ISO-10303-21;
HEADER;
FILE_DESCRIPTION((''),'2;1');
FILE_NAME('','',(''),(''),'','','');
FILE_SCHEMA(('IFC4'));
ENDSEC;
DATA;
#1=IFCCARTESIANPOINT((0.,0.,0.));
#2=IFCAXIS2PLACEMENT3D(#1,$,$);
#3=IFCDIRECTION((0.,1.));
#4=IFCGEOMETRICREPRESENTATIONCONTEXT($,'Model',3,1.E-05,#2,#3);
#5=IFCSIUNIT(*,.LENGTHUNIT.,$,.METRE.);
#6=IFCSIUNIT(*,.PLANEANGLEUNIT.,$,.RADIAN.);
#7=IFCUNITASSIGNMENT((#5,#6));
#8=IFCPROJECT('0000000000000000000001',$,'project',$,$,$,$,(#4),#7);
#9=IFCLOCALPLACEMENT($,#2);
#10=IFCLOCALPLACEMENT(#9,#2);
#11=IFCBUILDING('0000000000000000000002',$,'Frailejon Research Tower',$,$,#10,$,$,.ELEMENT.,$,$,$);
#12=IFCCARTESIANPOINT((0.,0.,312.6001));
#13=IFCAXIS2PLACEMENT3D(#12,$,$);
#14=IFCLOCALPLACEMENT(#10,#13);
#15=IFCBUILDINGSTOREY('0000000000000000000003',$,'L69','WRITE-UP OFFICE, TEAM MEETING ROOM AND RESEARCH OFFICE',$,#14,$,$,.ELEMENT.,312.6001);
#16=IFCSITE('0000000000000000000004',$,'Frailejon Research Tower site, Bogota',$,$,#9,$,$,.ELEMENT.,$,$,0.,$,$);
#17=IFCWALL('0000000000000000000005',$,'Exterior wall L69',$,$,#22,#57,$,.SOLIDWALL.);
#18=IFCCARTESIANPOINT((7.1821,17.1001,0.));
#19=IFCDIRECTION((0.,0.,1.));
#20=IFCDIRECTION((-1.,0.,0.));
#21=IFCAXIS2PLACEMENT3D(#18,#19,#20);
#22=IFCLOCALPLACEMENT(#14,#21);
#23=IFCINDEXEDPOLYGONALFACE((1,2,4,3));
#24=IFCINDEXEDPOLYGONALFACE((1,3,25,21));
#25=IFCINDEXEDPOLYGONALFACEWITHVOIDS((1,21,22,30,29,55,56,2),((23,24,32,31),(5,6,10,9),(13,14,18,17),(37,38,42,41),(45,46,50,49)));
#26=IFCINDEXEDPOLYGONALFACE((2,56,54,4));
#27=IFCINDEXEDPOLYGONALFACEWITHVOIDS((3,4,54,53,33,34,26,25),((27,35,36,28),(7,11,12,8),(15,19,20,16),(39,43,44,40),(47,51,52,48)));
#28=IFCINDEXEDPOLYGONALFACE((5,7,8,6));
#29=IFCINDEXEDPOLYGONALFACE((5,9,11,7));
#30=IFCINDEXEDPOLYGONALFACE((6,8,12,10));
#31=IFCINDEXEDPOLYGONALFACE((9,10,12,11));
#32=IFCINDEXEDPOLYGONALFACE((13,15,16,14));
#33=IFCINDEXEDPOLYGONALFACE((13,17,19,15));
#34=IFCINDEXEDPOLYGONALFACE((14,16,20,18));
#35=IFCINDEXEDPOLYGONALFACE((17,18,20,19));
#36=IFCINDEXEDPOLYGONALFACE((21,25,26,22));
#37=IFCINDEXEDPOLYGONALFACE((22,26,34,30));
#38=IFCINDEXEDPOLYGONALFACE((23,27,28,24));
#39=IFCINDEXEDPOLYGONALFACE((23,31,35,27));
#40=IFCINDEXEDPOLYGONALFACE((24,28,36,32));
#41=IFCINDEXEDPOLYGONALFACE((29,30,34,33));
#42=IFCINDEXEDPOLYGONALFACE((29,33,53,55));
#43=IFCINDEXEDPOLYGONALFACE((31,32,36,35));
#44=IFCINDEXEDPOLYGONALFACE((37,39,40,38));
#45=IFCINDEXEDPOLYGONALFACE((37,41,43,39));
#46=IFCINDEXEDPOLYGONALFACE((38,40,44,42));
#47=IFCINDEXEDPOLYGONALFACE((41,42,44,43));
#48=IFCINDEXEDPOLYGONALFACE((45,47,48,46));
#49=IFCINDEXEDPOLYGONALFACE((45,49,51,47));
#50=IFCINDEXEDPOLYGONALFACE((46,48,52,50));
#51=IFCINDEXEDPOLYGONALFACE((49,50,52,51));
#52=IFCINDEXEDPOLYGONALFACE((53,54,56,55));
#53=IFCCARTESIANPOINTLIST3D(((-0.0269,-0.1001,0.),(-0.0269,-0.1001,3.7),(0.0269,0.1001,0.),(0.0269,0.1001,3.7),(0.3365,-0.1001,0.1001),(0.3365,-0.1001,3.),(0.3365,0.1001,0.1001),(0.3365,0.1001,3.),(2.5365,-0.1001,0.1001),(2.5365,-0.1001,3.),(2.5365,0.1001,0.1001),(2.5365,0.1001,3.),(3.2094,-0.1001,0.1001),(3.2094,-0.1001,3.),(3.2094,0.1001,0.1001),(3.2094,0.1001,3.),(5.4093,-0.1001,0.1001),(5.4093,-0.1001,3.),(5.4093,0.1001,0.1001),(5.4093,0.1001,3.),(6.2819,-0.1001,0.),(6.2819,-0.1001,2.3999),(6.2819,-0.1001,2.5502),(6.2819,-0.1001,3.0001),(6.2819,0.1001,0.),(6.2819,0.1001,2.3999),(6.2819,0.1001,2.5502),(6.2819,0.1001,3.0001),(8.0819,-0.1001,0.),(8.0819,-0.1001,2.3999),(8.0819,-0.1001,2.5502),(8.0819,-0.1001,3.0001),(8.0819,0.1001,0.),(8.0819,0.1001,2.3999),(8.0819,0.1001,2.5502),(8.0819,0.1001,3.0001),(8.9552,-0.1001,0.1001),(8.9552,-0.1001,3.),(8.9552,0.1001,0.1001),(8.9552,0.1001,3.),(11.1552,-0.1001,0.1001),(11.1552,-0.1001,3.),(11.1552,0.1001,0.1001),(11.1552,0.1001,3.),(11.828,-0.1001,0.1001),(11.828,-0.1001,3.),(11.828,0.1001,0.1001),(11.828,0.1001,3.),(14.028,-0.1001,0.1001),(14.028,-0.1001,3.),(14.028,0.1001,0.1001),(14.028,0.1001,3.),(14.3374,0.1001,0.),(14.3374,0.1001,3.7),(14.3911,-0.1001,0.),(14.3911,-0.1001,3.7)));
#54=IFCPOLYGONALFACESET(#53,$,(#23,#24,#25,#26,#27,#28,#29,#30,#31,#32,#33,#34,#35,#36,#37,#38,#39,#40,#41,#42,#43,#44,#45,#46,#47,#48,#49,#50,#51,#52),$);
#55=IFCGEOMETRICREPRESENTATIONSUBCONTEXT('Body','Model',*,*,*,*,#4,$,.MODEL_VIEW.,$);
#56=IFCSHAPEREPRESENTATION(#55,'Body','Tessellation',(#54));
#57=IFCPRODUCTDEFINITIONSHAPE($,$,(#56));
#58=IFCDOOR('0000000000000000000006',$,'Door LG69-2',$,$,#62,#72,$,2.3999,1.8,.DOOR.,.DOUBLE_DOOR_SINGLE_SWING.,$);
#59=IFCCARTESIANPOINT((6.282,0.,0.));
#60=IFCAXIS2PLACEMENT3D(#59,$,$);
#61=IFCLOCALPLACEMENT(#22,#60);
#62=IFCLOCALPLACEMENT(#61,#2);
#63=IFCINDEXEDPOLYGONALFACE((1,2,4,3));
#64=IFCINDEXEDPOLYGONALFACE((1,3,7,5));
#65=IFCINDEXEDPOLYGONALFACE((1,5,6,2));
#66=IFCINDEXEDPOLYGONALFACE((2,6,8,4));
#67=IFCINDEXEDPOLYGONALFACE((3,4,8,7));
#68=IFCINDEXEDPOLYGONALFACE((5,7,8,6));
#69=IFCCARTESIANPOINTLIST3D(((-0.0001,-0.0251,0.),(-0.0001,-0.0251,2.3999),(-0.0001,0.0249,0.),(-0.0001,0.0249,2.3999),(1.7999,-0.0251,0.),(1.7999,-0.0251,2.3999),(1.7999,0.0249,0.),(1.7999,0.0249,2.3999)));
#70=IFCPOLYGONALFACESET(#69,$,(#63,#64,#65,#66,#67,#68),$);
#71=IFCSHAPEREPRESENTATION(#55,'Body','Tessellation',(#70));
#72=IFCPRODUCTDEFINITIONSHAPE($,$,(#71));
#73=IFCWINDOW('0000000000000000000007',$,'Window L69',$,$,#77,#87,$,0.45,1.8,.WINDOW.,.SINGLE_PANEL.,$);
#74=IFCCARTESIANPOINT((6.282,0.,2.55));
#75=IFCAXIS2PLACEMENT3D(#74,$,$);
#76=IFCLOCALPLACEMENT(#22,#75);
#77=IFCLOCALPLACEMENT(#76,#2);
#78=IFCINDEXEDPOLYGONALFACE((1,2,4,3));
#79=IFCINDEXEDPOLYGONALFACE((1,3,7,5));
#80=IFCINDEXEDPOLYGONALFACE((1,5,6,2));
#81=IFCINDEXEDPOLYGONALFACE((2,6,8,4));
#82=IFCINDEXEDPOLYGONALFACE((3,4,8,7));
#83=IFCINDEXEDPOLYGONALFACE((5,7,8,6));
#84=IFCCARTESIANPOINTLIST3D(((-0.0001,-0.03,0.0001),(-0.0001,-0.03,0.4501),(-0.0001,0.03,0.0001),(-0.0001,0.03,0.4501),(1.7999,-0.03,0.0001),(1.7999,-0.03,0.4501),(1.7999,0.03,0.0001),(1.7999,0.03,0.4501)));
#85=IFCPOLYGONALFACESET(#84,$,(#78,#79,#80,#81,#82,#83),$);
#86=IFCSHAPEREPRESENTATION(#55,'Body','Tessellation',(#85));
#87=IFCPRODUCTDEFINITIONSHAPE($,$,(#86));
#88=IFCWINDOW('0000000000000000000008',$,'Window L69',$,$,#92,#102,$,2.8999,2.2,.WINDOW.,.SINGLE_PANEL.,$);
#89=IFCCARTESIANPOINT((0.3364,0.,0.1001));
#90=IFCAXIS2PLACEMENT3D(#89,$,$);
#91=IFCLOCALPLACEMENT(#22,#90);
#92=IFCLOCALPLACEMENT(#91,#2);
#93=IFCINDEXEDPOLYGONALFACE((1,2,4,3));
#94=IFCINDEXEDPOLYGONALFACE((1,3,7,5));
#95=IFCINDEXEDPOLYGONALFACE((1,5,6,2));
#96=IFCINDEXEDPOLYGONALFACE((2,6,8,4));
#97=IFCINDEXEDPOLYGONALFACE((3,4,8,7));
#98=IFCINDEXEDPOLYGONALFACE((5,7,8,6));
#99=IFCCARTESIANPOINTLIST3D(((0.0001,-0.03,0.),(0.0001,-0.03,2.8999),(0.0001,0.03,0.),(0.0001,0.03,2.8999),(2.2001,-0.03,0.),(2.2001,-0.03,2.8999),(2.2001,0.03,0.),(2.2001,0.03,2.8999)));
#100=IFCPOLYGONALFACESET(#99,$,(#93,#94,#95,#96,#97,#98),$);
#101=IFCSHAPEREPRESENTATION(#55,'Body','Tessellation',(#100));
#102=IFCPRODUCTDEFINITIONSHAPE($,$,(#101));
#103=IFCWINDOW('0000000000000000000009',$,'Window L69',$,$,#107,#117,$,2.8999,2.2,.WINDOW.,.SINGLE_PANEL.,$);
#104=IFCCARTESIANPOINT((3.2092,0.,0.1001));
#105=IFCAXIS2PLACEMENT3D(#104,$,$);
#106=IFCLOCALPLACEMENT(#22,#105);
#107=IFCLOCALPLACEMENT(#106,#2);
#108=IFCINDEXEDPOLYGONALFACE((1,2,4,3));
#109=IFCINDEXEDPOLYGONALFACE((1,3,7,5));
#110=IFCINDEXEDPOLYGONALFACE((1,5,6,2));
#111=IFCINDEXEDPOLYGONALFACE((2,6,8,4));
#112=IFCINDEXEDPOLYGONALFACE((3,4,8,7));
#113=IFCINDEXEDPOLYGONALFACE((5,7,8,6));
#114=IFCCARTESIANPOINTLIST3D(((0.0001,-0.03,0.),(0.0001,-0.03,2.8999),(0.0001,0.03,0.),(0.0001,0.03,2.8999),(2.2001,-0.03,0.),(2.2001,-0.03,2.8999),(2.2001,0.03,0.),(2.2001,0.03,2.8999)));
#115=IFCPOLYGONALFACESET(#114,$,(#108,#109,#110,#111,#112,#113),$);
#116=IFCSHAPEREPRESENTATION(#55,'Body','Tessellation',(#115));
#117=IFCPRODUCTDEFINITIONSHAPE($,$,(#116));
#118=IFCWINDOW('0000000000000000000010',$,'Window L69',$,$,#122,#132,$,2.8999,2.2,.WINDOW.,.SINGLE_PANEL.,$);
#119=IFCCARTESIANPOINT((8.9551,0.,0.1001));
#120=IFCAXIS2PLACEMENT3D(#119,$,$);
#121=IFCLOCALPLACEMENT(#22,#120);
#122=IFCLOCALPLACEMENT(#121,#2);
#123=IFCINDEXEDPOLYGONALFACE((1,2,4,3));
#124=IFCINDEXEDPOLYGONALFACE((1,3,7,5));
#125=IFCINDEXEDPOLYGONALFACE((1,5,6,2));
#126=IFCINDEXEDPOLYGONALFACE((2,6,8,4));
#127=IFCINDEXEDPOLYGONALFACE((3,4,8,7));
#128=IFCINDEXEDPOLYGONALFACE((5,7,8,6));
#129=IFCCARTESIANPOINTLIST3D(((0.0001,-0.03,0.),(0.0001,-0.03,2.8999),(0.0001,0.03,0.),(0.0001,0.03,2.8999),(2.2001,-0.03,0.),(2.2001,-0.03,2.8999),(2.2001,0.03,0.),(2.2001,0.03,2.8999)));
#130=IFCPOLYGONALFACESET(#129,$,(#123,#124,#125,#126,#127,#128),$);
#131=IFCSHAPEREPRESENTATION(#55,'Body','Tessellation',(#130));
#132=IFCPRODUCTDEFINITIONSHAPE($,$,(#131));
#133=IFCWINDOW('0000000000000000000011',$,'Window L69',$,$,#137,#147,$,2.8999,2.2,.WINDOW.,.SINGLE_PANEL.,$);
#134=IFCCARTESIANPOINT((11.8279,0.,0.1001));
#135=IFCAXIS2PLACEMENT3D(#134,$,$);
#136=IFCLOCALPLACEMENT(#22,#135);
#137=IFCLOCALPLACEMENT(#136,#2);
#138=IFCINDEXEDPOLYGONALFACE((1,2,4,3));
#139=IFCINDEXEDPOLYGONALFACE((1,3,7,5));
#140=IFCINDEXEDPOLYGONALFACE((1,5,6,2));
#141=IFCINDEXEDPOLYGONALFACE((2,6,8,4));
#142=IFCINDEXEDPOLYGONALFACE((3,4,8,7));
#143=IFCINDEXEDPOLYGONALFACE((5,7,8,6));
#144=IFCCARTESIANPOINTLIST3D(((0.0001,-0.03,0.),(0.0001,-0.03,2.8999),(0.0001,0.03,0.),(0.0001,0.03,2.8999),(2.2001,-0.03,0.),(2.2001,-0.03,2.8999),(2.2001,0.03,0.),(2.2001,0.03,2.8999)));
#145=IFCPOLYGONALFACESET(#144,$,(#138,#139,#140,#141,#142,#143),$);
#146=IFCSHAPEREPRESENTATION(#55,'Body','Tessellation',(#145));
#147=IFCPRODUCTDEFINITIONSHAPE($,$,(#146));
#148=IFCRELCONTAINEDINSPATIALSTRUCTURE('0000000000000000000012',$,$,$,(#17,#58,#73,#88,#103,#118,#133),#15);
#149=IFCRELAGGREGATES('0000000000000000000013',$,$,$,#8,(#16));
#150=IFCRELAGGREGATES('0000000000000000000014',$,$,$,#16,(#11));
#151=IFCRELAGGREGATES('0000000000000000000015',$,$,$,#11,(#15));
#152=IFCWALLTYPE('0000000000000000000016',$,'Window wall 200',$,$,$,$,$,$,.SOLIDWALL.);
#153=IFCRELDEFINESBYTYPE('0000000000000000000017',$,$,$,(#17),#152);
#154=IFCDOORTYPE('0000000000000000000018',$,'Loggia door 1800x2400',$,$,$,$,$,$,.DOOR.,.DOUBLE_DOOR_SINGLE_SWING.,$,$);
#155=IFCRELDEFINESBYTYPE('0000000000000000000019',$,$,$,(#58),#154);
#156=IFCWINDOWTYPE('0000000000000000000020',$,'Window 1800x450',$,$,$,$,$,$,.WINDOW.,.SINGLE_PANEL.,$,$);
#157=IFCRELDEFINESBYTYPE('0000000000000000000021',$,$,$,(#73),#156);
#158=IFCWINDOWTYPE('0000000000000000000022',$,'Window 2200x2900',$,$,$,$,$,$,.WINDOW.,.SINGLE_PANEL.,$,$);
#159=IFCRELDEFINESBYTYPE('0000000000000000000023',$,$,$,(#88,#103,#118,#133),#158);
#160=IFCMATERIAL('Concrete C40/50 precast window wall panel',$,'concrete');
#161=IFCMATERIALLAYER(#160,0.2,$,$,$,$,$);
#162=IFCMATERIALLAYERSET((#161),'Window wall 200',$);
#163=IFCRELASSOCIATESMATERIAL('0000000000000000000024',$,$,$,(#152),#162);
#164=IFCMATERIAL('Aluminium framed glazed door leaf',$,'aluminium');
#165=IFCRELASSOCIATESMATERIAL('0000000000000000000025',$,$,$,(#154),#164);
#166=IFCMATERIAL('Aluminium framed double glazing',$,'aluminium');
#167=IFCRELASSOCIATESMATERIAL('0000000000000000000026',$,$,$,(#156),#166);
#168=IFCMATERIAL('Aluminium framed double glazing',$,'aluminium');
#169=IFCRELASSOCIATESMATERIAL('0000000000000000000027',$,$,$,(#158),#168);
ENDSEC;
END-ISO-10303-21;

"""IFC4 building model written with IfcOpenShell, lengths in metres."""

from ifc_helpers import new_model, si_unit, direction, frame, frame_2d, origin, place, context, subcontext, project, spatial, polyline, rectangle, outline, extrude, material, layer, layer_set, type_object, element, fill, save


model = new_model("IFC4")

# Units and contexts
model_context = context("Model", 3, precision=1e-05, world=origin(), true_north=direction((0.0, 1.0)))
body_context = subcontext(model_context, "Body", "Model", "MODEL_VIEW")
ifc_project = project(units=[si_unit("LENGTHUNIT", "METRE"), si_unit("PLANEANGLEUNIT", "RADIAN")], contexts=[model_context])

# Site, building, storey
site_placement = place(None, origin())
site = spatial("IfcSite", under=ifc_project, at=site_placement, Name="Frailejon Research Tower site, Bogota", CompositionType="ELEMENT", RefElevation=0.0)
building_placement = place(site_placement, origin())
building = spatial("IfcBuilding", under=site, at=building_placement, Name="Frailejon Research Tower", CompositionType="ELEMENT")
storey_placement = place(building_placement, frame((0.0, 0.0, 312.6001)))
storey = spatial("IfcBuildingStorey", under=building, at=storey_placement, Name="L69", Description="WRITE-UP OFFICE, TEAM MEETING ROOM AND RESEARCH OFFICE", CompositionType="ELEMENT", Elevation=312.6001)

# Wall, openings, door, windows
ifc_material_1 = material(Name="Concrete C40/50 precast window wall panel", Category="concrete")
ifc_layer_1 = layer(ifc_material_1, 0.2)
ifc_layer_set_1 = layer_set([ifc_layer_1], Name="Window wall 200")
wall_type_1 = type_object("IfcWallType", Name="Window wall 200", PredefinedType="SOLIDWALL", material=ifc_layer_set_1)
wall_1_placement = place(storey_placement, frame((7.1821, 17.1001, 0.0), z_axis=(0.0, 0.0, 1.0), x_axis=(-1.0, 0.0, 0.0)))
wall_1 = element("IfcWall", 1, at=wall_1_placement, inside=storey, type_object=wall_type_1, Name="Exterior wall L69", PredefinedType="SOLIDWALL", context=body_context, shape_type="SweptSolid", body=[
    extrude(outline(polyline([(-0.0269, -0.1001), (1.0029, -0.1001), (2.033, -0.1001), (3.0627, -0.1001), (4.0925, -0.1001), (5.1223, -0.1001), (6.1523, -0.1001), (7.1821, -0.1001), (8.2119, -0.1001), (9.2419, -0.1001), (10.2717, -0.1001), (11.3015, -0.1001), (12.3313, -0.1001), (13.3613, -0.1001), (14.3911, -0.1001), (14.3374, 0.1001), (13.3152, 0.1001), (12.293, 0.1001), (11.2708, 0.1001), (10.2488, 0.1001), (9.2266, 0.1001), (8.2043, 0.1001), (7.1821, 0.1001), (6.1599, 0.1001), (5.1377, 0.1001), (4.1155, 0.1001), (3.0935, 0.1001), (2.0713, 0.1001), (1.0491, 0.1001), (0.0269, 0.1001), (-0.0269, -0.1001)])), origin(), (0.0, 0.0, 1.0), 3.7),
])
opening_1_placement = place(wall_1_placement, frame((0.3364, 0.0, 0.1001)))
opening_1 = element("IfcOpeningElement", 2, at=opening_1_placement, cuts=wall_1, PredefinedType="OPENING", context=body_context, shape_type="SweptSolid", body=[
    extrude(rectangle(XDim=2.2, YDim=2.8999, at=frame_2d((1.1001, 1.45))), frame((0.0, 0.1099, 0.0), z_axis=(0.0, -1.0, 0.0), x_axis=(1.0, 0.0, 0.0)), (0.0, 0.0, 1.0), 0.22),
])
opening_2_placement = place(wall_1_placement, frame((3.2092, 0.0, 0.1001)))
opening_2 = element("IfcOpeningElement", 3, at=opening_2_placement, cuts=wall_1, PredefinedType="OPENING", context=body_context, shape_type="SweptSolid", body=[
    extrude(rectangle(XDim=2.2, YDim=2.8999, at=frame_2d((1.1001, 1.45))), frame((0.0, 0.1099, 0.0), z_axis=(0.0, -1.0, 0.0), x_axis=(1.0, 0.0, 0.0)), (0.0, 0.0, 1.0), 0.22),
])
opening_3_placement = place(wall_1_placement, frame((6.282, 0.0, 0.0)))
opening_3 = element("IfcOpeningElement", 4, at=opening_3_placement, cuts=wall_1, PredefinedType="OPENING", context=body_context, shape_type="SweptSolid", body=[
    extrude(rectangle(XDim=1.8, YDim=2.3999, at=frame_2d((0.8999, 1.2))), frame((0.0, 0.1099, 0.0), z_axis=(0.0, -1.0, 0.0), x_axis=(1.0, 0.0, 0.0)), (0.0, 0.0, 1.0), 0.22),
])
opening_4_placement = place(wall_1_placement, frame((6.282, 0.0, 2.55)))
opening_4 = element("IfcOpeningElement", 5, at=opening_4_placement, cuts=wall_1, PredefinedType="OPENING", context=body_context, shape_type="SweptSolid", body=[
    extrude(rectangle(XDim=1.8, YDim=0.45, at=frame_2d((0.8999, 0.2251))), frame((0.0, 0.1099, 0.0), z_axis=(0.0, -1.0, 0.0), x_axis=(1.0, 0.0, 0.0)), (0.0, 0.0, 1.0), 0.22),
])
opening_5_placement = place(wall_1_placement, frame((8.9551, 0.0, 0.1001)))
opening_5 = element("IfcOpeningElement", 6, at=opening_5_placement, cuts=wall_1, PredefinedType="OPENING", context=body_context, shape_type="SweptSolid", body=[
    extrude(rectangle(XDim=2.2, YDim=2.8999, at=frame_2d((1.1001, 1.45))), frame((0.0, 0.1099, 0.0), z_axis=(0.0, -1.0, 0.0), x_axis=(1.0, 0.0, 0.0)), (0.0, 0.0, 1.0), 0.22),
])
opening_6_placement = place(wall_1_placement, frame((11.8279, 0.0, 0.1001)))
opening_6 = element("IfcOpeningElement", 7, at=opening_6_placement, cuts=wall_1, PredefinedType="OPENING", context=body_context, shape_type="SweptSolid", body=[
    extrude(rectangle(XDim=2.2, YDim=2.8999, at=frame_2d((1.1001, 1.45))), frame((0.0, 0.1099, 0.0), z_axis=(0.0, -1.0, 0.0), x_axis=(1.0, 0.0, 0.0)), (0.0, 0.0, 1.0), 0.22),
])
ifc_material_2 = material(Name="Aluminium framed glazed door leaf", Category="aluminium")
door_type_1 = type_object("IfcDoorType", Name="Loggia door 1800x2400", OperationType="DOUBLE_DOOR_SINGLE_SWING", PredefinedType="DOOR", material=ifc_material_2)
door_1_placement = place(opening_3_placement, origin())
door_1 = element("IfcDoor", 8, at=door_1_placement, inside=storey, type_object=door_type_1, Name="Door LG69-2", OperationType="DOUBLE_DOOR_SINGLE_SWING", OverallHeight=2.3999, OverallWidth=1.8, PredefinedType="DOOR", context=body_context, shape_type="SweptSolid", body=[
    extrude(rectangle(XDim=1.8, YDim=2.3999, at=frame_2d((0.8999, 1.2))), frame((0.0, 0.0249, 0.0), z_axis=(0.0, -1.0, 0.0), x_axis=(1.0, 0.0, 0.0)), (0.0, 0.0, 1.0), 0.05),
])
fill(opening_3, door_1)
ifc_material_3 = material(Name="Aluminium framed double glazing", Category="aluminium")
window_type_1 = type_object("IfcWindowType", Name="Window 1800x450", PartitioningType="SINGLE_PANEL", PredefinedType="WINDOW", material=ifc_material_3)
window_1_placement = place(opening_4_placement, origin())
window_1 = element("IfcWindow", 9, at=window_1_placement, inside=storey, type_object=window_type_1, Name="Window L69", OverallHeight=0.45, OverallWidth=1.8, PartitioningType="SINGLE_PANEL", PredefinedType="WINDOW", context=body_context, shape_type="SweptSolid", body=[
    extrude(rectangle(XDim=1.8, YDim=0.45, at=frame_2d((0.8999, 0.2251))), frame((0.0, 0.03, 0.0), z_axis=(0.0, -1.0, 0.0), x_axis=(1.0, 0.0, 0.0)), (0.0, 0.0, 1.0), 0.0601),
])
fill(opening_4, window_1)
ifc_material_4 = material(Name="Aluminium framed double glazing", Category="aluminium")
window_type_2 = type_object("IfcWindowType", Name="Window 2200x2900", PartitioningType="SINGLE_PANEL", PredefinedType="WINDOW", material=ifc_material_4)
window_2_placement = place(opening_1_placement, origin())
window_2 = element("IfcWindow", 10, at=window_2_placement, inside=storey, type_object=window_type_2, Name="Window L69", OverallHeight=2.8999, OverallWidth=2.2, PartitioningType="SINGLE_PANEL", PredefinedType="WINDOW", context=body_context, shape_type="SweptSolid", body=[
    extrude(rectangle(XDim=2.2, YDim=2.8999, at=frame_2d((1.1001, 1.45))), frame((0.0, 0.03, 0.0), z_axis=(0.0, -1.0, 0.0), x_axis=(1.0, 0.0, 0.0)), (0.0, 0.0, 1.0), 0.0601),
])
fill(opening_1, window_2)
window_3_placement = place(opening_2_placement, origin())
window_3 = element("IfcWindow", 11, at=window_3_placement, inside=storey, type_object=window_type_2, Name="Window L69", OverallHeight=2.8999, OverallWidth=2.2, PartitioningType="SINGLE_PANEL", PredefinedType="WINDOW", context=body_context, shape_type="SweptSolid", body=[
    extrude(rectangle(XDim=2.2, YDim=2.8999, at=frame_2d((1.1001, 1.45))), frame((0.0, 0.03, 0.0), z_axis=(0.0, -1.0, 0.0), x_axis=(1.0, 0.0, 0.0)), (0.0, 0.0, 1.0), 0.0601),
])
fill(opening_2, window_3)
window_4_placement = place(opening_5_placement, origin())
window_4 = element("IfcWindow", 12, at=window_4_placement, inside=storey, type_object=window_type_2, Name="Window L69", OverallHeight=2.8999, OverallWidth=2.2, PartitioningType="SINGLE_PANEL", PredefinedType="WINDOW", context=body_context, shape_type="SweptSolid", body=[
    extrude(rectangle(XDim=2.2, YDim=2.8999, at=frame_2d((1.1001, 1.45))), frame((0.0, 0.03, 0.0), z_axis=(0.0, -1.0, 0.0), x_axis=(1.0, 0.0, 0.0)), (0.0, 0.0, 1.0), 0.0601),
])
fill(opening_5, window_4)
window_5_placement = place(opening_6_placement, origin())
window_5 = element("IfcWindow", 13, at=window_5_placement, inside=storey, type_object=window_type_2, Name="Window L69", OverallHeight=2.8999, OverallWidth=2.2, PartitioningType="SINGLE_PANEL", PredefinedType="WINDOW", context=body_context, shape_type="SweptSolid", body=[
    extrude(rectangle(XDim=2.2, YDim=2.8999, at=frame_2d((1.1001, 1.45))), frame((0.0, 0.03, 0.0), z_axis=(0.0, -1.0, 0.0), x_axis=(1.0, 0.0, 0.0)), (0.0, 0.0, 1.0), 0.0601),
])
fill(opening_6, window_5)

save(model, "model.ifc")
